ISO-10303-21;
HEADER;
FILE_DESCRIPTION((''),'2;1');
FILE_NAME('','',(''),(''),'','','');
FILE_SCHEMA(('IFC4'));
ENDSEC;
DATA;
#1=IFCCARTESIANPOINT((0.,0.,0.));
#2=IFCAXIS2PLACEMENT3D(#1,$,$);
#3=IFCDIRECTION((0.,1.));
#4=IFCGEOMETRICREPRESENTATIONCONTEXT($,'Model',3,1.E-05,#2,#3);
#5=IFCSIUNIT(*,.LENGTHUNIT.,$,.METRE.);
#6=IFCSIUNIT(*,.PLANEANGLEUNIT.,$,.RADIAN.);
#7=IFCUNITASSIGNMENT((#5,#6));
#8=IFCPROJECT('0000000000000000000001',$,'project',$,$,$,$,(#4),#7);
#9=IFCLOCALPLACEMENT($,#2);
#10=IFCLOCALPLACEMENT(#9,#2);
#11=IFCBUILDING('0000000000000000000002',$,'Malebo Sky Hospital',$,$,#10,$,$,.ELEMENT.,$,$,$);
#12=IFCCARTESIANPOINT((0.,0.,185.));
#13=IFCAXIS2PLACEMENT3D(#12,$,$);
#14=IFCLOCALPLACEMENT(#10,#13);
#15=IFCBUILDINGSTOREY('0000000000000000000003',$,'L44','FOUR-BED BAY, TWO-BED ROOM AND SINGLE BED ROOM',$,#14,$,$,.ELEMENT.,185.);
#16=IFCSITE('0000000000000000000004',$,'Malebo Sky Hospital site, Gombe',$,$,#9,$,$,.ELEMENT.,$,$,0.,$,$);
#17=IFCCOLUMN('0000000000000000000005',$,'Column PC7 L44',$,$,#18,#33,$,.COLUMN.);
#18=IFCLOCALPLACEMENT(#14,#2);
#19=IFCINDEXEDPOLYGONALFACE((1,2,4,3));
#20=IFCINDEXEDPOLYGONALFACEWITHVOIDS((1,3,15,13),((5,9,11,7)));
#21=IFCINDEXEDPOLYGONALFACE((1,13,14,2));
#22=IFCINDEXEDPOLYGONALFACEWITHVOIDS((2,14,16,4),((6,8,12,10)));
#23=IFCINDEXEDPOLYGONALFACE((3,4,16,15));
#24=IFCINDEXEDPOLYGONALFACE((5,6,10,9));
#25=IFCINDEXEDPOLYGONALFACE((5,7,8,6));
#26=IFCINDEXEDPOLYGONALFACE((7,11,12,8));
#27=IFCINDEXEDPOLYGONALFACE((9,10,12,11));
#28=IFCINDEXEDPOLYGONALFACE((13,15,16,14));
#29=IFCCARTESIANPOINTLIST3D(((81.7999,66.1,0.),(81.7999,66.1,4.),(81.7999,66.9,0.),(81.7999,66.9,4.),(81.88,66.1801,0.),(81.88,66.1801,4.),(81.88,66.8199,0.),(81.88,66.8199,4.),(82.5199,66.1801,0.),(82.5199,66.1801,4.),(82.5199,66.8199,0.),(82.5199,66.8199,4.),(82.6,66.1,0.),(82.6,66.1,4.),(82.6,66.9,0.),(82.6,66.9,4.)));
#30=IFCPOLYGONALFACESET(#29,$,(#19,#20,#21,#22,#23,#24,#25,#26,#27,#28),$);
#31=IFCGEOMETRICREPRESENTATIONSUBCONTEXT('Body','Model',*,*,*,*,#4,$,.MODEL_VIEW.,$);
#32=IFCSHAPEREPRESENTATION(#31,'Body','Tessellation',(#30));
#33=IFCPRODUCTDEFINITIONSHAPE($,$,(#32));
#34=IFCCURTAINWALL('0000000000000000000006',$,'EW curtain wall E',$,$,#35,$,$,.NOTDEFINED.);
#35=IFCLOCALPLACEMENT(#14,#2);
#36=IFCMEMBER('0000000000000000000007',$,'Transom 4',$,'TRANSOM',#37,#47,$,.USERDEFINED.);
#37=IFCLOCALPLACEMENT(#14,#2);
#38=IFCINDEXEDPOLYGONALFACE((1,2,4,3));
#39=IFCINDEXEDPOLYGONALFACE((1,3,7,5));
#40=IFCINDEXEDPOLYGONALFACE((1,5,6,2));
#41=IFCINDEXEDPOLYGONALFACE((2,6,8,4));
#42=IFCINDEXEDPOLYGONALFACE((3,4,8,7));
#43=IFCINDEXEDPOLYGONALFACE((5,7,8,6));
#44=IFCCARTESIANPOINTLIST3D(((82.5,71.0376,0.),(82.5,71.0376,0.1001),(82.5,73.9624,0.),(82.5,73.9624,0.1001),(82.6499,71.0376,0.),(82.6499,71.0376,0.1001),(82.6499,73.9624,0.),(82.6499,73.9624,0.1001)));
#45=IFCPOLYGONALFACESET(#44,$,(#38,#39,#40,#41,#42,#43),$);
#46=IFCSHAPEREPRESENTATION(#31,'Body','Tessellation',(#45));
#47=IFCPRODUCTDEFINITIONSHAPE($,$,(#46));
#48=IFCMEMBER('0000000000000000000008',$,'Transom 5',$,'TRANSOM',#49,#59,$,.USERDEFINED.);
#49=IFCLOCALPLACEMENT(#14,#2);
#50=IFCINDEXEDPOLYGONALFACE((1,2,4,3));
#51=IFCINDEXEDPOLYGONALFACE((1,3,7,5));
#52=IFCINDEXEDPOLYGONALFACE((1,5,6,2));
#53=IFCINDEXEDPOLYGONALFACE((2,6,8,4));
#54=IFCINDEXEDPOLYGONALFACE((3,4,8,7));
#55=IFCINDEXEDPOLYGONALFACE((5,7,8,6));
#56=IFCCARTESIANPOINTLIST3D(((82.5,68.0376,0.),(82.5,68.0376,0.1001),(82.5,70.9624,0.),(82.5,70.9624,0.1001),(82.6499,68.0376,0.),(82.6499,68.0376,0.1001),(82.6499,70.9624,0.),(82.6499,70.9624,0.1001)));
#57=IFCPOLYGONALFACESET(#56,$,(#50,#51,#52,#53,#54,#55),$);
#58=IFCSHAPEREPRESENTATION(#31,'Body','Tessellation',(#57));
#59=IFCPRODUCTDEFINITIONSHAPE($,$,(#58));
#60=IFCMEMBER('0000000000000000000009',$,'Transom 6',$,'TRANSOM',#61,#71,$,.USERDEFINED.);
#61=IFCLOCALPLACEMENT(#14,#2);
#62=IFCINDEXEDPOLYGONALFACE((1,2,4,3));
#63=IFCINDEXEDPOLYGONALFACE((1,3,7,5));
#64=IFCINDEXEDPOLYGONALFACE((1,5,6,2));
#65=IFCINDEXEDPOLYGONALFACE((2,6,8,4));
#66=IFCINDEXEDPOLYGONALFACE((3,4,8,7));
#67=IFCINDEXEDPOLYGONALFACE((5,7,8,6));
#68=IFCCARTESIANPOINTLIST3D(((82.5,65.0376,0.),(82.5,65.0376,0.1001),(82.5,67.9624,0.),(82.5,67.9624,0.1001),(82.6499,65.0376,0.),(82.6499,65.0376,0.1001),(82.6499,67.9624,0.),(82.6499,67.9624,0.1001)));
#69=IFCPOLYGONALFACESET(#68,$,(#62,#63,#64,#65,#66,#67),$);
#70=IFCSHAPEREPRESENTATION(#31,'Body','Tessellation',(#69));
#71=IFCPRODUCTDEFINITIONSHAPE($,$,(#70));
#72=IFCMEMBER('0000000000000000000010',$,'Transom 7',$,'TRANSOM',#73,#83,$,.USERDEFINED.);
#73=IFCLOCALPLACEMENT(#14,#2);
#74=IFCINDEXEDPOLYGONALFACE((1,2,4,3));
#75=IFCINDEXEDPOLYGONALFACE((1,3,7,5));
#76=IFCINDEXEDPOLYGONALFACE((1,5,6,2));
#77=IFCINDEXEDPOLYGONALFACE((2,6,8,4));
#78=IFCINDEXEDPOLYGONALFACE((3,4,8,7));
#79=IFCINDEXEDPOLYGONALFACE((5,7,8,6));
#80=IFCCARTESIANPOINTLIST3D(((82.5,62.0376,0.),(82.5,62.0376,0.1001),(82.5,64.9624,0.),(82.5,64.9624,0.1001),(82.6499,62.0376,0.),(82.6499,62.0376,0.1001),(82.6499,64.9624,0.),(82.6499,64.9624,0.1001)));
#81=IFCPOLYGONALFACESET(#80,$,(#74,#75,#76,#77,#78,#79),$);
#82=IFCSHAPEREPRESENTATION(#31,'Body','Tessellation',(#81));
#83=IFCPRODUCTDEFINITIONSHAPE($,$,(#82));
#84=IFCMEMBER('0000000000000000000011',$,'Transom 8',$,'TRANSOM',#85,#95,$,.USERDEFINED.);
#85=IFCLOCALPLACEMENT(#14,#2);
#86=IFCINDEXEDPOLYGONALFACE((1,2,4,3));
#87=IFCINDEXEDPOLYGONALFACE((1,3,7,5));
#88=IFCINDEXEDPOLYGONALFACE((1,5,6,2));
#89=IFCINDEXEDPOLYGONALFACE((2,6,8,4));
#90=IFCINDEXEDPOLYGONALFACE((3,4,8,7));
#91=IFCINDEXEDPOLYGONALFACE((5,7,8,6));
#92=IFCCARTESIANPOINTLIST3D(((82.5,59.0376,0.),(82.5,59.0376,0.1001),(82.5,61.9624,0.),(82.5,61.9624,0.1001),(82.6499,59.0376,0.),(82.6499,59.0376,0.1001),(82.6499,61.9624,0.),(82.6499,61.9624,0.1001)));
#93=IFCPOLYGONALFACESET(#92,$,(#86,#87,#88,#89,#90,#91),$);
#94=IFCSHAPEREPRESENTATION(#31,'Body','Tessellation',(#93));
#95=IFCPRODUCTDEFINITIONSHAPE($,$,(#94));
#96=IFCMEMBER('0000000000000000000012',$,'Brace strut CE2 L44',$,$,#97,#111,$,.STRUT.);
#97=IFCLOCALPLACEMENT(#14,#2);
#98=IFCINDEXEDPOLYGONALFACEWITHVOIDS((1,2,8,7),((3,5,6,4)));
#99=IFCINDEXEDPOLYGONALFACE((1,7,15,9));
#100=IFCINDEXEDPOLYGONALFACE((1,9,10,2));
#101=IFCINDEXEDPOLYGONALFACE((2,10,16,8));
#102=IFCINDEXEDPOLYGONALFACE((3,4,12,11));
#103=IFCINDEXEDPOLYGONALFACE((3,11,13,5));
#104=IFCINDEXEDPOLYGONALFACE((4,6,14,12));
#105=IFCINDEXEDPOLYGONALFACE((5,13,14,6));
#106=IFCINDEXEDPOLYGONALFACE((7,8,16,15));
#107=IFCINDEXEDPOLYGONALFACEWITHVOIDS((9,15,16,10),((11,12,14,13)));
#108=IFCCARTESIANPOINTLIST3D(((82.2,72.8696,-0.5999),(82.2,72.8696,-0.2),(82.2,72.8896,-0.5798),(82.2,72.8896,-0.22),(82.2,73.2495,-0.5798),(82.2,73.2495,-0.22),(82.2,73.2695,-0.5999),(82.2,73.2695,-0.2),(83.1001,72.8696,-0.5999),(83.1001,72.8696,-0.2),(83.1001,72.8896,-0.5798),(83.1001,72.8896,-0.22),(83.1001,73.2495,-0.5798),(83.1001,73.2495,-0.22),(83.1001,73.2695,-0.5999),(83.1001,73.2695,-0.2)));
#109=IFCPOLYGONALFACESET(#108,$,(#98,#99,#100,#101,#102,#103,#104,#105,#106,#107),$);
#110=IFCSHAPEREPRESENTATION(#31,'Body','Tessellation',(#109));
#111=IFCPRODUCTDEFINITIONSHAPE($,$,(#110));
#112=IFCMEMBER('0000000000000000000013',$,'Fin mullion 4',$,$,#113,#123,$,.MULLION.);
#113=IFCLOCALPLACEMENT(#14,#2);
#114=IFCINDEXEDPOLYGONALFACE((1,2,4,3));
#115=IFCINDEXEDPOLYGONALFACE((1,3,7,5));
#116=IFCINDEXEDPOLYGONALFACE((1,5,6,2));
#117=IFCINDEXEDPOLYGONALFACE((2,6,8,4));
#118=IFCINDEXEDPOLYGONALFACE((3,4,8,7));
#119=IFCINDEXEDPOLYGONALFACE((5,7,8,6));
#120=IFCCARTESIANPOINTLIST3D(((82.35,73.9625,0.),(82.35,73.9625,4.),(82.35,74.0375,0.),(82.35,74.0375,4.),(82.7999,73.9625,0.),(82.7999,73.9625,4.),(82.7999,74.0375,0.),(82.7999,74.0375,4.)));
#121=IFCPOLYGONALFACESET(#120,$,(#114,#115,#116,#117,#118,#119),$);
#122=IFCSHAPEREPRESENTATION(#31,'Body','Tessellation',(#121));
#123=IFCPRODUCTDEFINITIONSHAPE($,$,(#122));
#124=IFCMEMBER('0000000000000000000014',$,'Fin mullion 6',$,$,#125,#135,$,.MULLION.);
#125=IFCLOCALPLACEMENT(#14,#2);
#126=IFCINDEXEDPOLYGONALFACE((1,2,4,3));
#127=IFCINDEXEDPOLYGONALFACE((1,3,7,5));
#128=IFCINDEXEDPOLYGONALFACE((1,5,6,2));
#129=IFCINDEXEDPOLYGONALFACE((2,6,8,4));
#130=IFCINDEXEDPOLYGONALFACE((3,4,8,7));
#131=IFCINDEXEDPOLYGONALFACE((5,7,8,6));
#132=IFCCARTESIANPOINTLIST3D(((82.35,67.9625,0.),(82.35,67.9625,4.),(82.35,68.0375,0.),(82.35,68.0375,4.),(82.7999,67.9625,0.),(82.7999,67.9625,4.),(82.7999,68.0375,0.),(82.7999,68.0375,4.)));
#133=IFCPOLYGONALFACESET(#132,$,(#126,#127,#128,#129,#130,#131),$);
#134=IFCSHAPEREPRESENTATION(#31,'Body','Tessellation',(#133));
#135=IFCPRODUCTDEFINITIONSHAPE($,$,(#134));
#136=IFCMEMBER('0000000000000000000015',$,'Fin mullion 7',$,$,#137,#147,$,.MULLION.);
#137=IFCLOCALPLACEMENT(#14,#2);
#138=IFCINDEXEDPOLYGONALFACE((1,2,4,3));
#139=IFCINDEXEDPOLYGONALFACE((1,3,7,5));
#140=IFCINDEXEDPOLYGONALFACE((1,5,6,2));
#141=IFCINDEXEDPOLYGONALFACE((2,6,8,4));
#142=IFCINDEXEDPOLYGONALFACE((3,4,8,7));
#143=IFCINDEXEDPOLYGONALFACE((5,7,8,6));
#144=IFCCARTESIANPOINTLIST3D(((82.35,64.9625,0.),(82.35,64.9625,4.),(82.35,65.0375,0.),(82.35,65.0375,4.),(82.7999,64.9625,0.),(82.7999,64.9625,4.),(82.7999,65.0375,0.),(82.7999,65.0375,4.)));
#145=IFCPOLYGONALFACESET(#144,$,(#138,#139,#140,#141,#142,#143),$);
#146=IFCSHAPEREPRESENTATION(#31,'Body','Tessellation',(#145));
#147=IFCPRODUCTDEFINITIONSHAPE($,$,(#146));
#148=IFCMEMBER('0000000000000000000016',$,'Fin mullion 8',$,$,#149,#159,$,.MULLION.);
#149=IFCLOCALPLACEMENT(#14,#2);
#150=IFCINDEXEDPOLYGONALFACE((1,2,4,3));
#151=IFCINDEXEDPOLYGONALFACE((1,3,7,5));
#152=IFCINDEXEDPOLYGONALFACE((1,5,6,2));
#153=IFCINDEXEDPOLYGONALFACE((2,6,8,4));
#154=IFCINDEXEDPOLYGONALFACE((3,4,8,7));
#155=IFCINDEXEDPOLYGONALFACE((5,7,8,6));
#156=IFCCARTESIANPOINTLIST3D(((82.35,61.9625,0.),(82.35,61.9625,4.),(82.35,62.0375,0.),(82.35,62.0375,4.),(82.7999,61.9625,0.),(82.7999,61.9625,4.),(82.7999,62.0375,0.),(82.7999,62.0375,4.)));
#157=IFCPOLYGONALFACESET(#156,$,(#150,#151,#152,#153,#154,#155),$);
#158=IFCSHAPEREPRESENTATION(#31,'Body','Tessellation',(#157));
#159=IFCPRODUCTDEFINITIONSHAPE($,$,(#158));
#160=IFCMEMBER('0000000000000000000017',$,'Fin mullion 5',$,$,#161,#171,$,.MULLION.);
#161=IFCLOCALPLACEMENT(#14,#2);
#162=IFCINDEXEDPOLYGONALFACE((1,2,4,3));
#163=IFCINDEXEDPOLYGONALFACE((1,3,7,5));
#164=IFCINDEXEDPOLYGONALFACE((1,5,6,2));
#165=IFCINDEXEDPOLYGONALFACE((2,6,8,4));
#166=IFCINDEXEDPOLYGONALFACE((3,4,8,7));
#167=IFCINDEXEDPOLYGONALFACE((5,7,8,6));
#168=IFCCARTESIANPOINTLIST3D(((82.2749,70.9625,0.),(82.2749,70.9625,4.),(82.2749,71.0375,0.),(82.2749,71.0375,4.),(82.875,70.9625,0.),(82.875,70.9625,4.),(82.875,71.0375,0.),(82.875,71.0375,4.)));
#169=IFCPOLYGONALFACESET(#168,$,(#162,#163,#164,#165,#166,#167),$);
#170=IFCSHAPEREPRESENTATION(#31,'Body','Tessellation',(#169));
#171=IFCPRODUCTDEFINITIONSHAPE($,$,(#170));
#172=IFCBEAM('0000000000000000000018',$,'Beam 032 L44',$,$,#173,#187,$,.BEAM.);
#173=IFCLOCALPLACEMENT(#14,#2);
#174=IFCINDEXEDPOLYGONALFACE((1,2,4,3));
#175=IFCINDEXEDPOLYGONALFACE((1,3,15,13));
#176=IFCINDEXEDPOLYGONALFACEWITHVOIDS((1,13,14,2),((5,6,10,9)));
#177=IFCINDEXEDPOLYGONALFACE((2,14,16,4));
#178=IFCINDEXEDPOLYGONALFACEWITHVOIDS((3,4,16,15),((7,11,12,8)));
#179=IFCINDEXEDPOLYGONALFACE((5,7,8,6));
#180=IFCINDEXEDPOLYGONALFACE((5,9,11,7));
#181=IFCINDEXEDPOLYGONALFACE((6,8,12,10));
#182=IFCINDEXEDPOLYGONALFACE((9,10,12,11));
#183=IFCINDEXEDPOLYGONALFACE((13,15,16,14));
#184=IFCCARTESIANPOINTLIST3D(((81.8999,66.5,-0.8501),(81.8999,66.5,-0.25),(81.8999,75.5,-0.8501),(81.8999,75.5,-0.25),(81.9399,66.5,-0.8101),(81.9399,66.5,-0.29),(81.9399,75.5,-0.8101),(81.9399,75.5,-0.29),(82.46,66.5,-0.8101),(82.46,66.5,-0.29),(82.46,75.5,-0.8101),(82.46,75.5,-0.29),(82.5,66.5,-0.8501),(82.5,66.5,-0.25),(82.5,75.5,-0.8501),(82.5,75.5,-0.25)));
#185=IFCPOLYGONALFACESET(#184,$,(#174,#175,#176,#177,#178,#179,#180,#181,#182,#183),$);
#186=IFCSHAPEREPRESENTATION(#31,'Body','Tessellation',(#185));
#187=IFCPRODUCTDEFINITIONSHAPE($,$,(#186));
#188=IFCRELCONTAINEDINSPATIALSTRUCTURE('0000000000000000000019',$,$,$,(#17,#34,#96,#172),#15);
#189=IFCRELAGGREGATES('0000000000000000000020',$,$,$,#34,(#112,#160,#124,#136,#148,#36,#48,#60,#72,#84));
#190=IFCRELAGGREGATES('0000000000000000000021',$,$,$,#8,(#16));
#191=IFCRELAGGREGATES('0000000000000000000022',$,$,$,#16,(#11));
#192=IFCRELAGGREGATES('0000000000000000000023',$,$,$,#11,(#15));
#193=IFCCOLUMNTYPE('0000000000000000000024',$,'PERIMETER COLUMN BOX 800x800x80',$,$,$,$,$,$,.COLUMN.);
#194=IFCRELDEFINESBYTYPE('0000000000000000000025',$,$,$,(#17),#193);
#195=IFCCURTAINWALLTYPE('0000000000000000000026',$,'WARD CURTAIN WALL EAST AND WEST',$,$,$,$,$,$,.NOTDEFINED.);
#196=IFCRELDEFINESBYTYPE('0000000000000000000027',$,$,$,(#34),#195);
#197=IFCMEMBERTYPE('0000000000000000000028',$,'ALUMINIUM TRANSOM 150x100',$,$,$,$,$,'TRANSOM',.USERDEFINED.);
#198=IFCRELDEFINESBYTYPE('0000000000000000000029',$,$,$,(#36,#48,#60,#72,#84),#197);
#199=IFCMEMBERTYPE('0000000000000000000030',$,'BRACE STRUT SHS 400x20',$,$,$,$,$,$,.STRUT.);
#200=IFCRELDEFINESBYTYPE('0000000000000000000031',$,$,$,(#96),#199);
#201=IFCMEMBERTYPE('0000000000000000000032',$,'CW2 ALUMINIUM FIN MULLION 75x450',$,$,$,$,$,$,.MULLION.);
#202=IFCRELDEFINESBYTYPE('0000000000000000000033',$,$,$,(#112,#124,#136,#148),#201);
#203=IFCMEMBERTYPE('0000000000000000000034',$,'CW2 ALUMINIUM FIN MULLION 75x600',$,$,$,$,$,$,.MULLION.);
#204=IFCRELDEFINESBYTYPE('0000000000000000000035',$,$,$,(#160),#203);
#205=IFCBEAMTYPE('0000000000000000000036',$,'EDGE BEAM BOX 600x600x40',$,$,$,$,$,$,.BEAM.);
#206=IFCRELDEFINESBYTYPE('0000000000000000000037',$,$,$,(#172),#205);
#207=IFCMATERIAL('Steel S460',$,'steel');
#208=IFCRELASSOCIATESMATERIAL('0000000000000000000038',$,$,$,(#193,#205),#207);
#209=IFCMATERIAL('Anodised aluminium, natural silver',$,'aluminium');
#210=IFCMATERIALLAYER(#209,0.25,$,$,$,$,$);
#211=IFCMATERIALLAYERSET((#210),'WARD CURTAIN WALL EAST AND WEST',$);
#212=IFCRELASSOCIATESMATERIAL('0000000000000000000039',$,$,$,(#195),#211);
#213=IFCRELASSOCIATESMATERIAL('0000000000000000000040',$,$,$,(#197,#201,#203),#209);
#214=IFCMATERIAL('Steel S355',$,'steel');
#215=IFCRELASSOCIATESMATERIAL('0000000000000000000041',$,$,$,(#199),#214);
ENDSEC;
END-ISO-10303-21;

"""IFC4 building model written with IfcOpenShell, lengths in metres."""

from ifc_helpers import new_model, si_unit, direction, frame, origin, origin_2d, place, context, subcontext, project, spatial, rectangle, hollow_rectangle, extrude, material, layer, layer_set, material_profile, profile_set, type_object, element, aggregate, save


model = new_model("IFC4")

# Units and contexts
model_context = context("Model", 3, precision=1e-05, world=origin(), true_north=direction((0.0, 1.0)))
body_context = subcontext(model_context, "Body", "Model", "MODEL_VIEW")
ifc_project = project(units=[si_unit("LENGTHUNIT", "METRE"), si_unit("PLANEANGLEUNIT", "RADIAN")], contexts=[model_context])

# Site, building, storey
site_placement = place(None, origin())
site = spatial("IfcSite", under=ifc_project, at=site_placement, Name="Malebo Sky Hospital site, Gombe", CompositionType="ELEMENT", RefElevation=0.0)
building_placement = place(site_placement, origin())
building = spatial("IfcBuilding", under=site, at=building_placement, Name="Malebo Sky Hospital", CompositionType="ELEMENT")
storey_placement = place(building_placement, frame((0.0, 0.0, 185.0)))
storey = spatial("IfcBuildingStorey", under=building, at=storey_placement, Name="L44", Description="FOUR-BED BAY, TWO-BED ROOM AND SINGLE BED ROOM", CompositionType="ELEMENT", Elevation=185.0)

# Column
ifc_material_1 = material(Name="Steel S460", Category="steel")
ifc_material_profile_1 = material_profile(ifc_material_1, hollow_rectangle(XDim=0.8, YDim=0.8, WallThickness=0.0801, at=origin_2d()), Name="BOX 800x800x80")
ifc_profile_set_1 = profile_set([ifc_material_profile_1], Name="Steel S460")
column_type = type_object("IfcColumnType", Name="PERIMETER COLUMN BOX 800x800x80", PredefinedType="COLUMN", material=ifc_profile_set_1)
column_placement = place(storey_placement, frame((82.2, 66.5, 0.0), z_axis=(0.0, 0.0, 1.0), x_axis=(1.0, 0.0, 0.0)))
element("IfcColumn", 1, at=column_placement, inside=storey, type_object=column_type, Name="Column PC7 L44", PredefinedType="COLUMN", context=body_context, shape_type="SweptSolid", body=[
    extrude(hollow_rectangle(XDim=0.8, YDim=0.8, WallThickness=0.0801, at=origin_2d()), origin(), (0.0, 0.0, 1.0), 4.0),
])

# Curtain wall, members
ifc_material_2 = material(Name="Anodised aluminium, natural silver", Category="aluminium")
ifc_layer_1 = layer(ifc_material_2, 0.25)
ifc_layer_set_1 = layer_set([ifc_layer_1], Name="WARD CURTAIN WALL EAST AND WEST")
curtain_wall_type = type_object("IfcCurtainWallType", Name="WARD CURTAIN WALL EAST AND WEST", PredefinedType="NOTDEFINED", material=ifc_layer_set_1)
curtain_wall_placement = place(storey_placement, origin())
curtain_wall = element("IfcCurtainWall", 2, at=curtain_wall_placement, inside=storey, type_object=curtain_wall_type, Name="EW curtain wall E", PredefinedType="NOTDEFINED")
ifc_material_profile_2 = material_profile(ifc_material_2, rectangle(XDim=0.1499, YDim=0.1001, at=origin_2d()), Name="ALUMINIUM TRANSOM 150x100")
ifc_profile_set_2 = profile_set([ifc_material_profile_2], Name="Anodised aluminium, natural silver")
member_type_1 = type_object("IfcMemberType", Name="ALUMINIUM TRANSOM 150x100", ElementType="TRANSOM", PredefinedType="USERDEFINED", material=ifc_profile_set_2)
member_1_placement = place(storey_placement, frame((82.575, 73.9624, 0.05), z_axis=(0.0, -1.0, 0.0), x_axis=(1.0, 0.0, 0.0)))
member_1 = element("IfcMember", 3, at=member_1_placement, type_object=member_type_1, Name="Transom 4", ObjectType="TRANSOM", PredefinedType="USERDEFINED", context=body_context, shape_type="SweptSolid", body=[
    extrude(rectangle(XDim=0.1499, YDim=0.1001, at=origin_2d()), origin(), (0.0, 0.0, 1.0), 2.9248),
])
member_2_placement = place(storey_placement, frame((82.575, 70.9624, 0.05), z_axis=(0.0, -1.0, 0.0), x_axis=(1.0, 0.0, 0.0)))
member_2 = element("IfcMember", 4, at=member_2_placement, type_object=member_type_1, Name="Transom 5", ObjectType="TRANSOM", PredefinedType="USERDEFINED", context=body_context, shape_type="SweptSolid", body=[
    extrude(rectangle(XDim=0.1499, YDim=0.1001, at=origin_2d()), origin(), (0.0, 0.0, 1.0), 2.9248),
])
member_3_placement = place(storey_placement, frame((82.575, 67.9624, 0.05), z_axis=(0.0, -1.0, 0.0), x_axis=(1.0, 0.0, 0.0)))
member_3 = element("IfcMember", 5, at=member_3_placement, type_object=member_type_1, Name="Transom 6", ObjectType="TRANSOM", PredefinedType="USERDEFINED", context=body_context, shape_type="SweptSolid", body=[
    extrude(rectangle(XDim=0.1499, YDim=0.1001, at=origin_2d()), origin(), (0.0, 0.0, 1.0), 2.9248),
])
member_4_placement = place(storey_placement, frame((82.575, 64.9624, 0.05), z_axis=(0.0, -1.0, 0.0), x_axis=(1.0, 0.0, 0.0)))
member_4 = element("IfcMember", 6, at=member_4_placement, type_object=member_type_1, Name="Transom 7", ObjectType="TRANSOM", PredefinedType="USERDEFINED", context=body_context, shape_type="SweptSolid", body=[
    extrude(rectangle(XDim=0.1499, YDim=0.1001, at=origin_2d()), origin(), (0.0, 0.0, 1.0), 2.9248),
])
member_5_placement = place(storey_placement, frame((82.575, 61.9624, 0.05), z_axis=(0.0, -1.0, 0.0), x_axis=(1.0, 0.0, 0.0)))
member_5 = element("IfcMember", 7, at=member_5_placement, type_object=member_type_1, Name="Transom 8", ObjectType="TRANSOM", PredefinedType="USERDEFINED", context=body_context, shape_type="SweptSolid", body=[
    extrude(rectangle(XDim=0.1499, YDim=0.1001, at=origin_2d()), origin(), (0.0, 0.0, 1.0), 2.9248),
])

# Members
ifc_material_3 = material(Name="Steel S355", Category="steel")
ifc_material_profile_3 = material_profile(ifc_material_3, hollow_rectangle(XDim=0.3999, YDim=0.3999, WallThickness=0.02, at=origin_2d()), Name="SHS 400x20")
ifc_profile_set_3 = profile_set([ifc_material_profile_3], Name="Steel S355")
member_type_2 = type_object("IfcMemberType", Name="BRACE STRUT SHS 400x20", PredefinedType="STRUT", material=ifc_profile_set_3)
member_6_placement = place(storey_placement, frame((83.1001, 73.0696, -0.3999), z_axis=(-1.0, 0.0, 0.0), x_axis=(0.0, -1.0, 0.0)))
element("IfcMember", 8, at=member_6_placement, inside=storey, type_object=member_type_2, Name="Brace strut CE2 L44", PredefinedType="STRUT", context=body_context, shape_type="SweptSolid", body=[
    extrude(hollow_rectangle(XDim=0.3999, YDim=0.3999, WallThickness=0.02, at=origin_2d()), origin(), (0.0, 0.0, 1.0), 0.9001),
])
ifc_material_profile_4 = material_profile(ifc_material_2, rectangle(XDim=0.075, YDim=0.45, at=origin_2d()), Name="CW2 ALUMINIUM FIN MULLION 75x450")
ifc_profile_set_4 = profile_set([ifc_material_profile_4], Name="Anodised aluminium, natural silver")
member_type_3 = type_object("IfcMemberType", Name="CW2 ALUMINIUM FIN MULLION 75x450", PredefinedType="MULLION", material=ifc_profile_set_4)
member_7_placement = place(storey_placement, frame((82.575, 74.0, 0.0), z_axis=(0.0, 0.0, 1.0), x_axis=(0.0, -1.0, 0.0)))
member_7 = element("IfcMember", 9, at=member_7_placement, type_object=member_type_3, Name="Fin mullion 4", PredefinedType="MULLION", context=body_context, shape_type="SweptSolid", body=[
    extrude(rectangle(XDim=0.075, YDim=0.45, at=origin_2d()), origin(), (0.0, 0.0, 1.0), 4.0),
])
member_8_placement = place(storey_placement, frame((82.575, 68.0, 0.0), z_axis=(0.0, 0.0, 1.0), x_axis=(0.0, -1.0, 0.0)))
member_8 = element("IfcMember", 10, at=member_8_placement, type_object=member_type_3, Name="Fin mullion 6", PredefinedType="MULLION", context=body_context, shape_type="SweptSolid", body=[
    extrude(rectangle(XDim=0.075, YDim=0.45, at=origin_2d()), origin(), (0.0, 0.0, 1.0), 4.0),
])
member_9_placement = place(storey_placement, frame((82.575, 65.0, 0.0), z_axis=(0.0, 0.0, 1.0), x_axis=(0.0, -1.0, 0.0)))
member_9 = element("IfcMember", 11, at=member_9_placement, type_object=member_type_3, Name="Fin mullion 7", PredefinedType="MULLION", context=body_context, shape_type="SweptSolid", body=[
    extrude(rectangle(XDim=0.075, YDim=0.45, at=origin_2d()), origin(), (0.0, 0.0, 1.0), 4.0),
])
member_10_placement = place(storey_placement, frame((82.575, 62.0, 0.0), z_axis=(0.0, 0.0, 1.0), x_axis=(0.0, -1.0, 0.0)))
member_10 = element("IfcMember", 12, at=member_10_placement, type_object=member_type_3, Name="Fin mullion 8", PredefinedType="MULLION", context=body_context, shape_type="SweptSolid", body=[
    extrude(rectangle(XDim=0.075, YDim=0.45, at=origin_2d()), origin(), (0.0, 0.0, 1.0), 4.0),
])
ifc_material_profile_5 = material_profile(ifc_material_2, rectangle(XDim=0.075, YDim=0.6001, at=origin_2d()), Name="CW2 ALUMINIUM FIN MULLION 75x600")
ifc_profile_set_5 = profile_set([ifc_material_profile_5], Name="Anodised aluminium, natural silver")
member_type_4 = type_object("IfcMemberType", Name="CW2 ALUMINIUM FIN MULLION 75x600", PredefinedType="MULLION", material=ifc_profile_set_5)
member_11_placement = place(storey_placement, frame((82.575, 71.0, 0.0), z_axis=(0.0, 0.0, 1.0), x_axis=(0.0, -1.0, 0.0)))
member_11 = element("IfcMember", 13, at=member_11_placement, type_object=member_type_4, Name="Fin mullion 5", PredefinedType="MULLION", context=body_context, shape_type="SweptSolid", body=[
    extrude(rectangle(XDim=0.075, YDim=0.6001, at=origin_2d()), origin(), (0.0, 0.0, 1.0), 4.0),
])

# Beam
ifc_material_profile_6 = material_profile(ifc_material_1, hollow_rectangle(XDim=0.6001, YDim=0.6001, WallThickness=0.04, at=origin_2d()), Name="BOX 600x600x40")
ifc_profile_set_6 = profile_set([ifc_material_profile_6], Name="Steel S460")
beam_type = type_object("IfcBeamType", Name="EDGE BEAM BOX 600x600x40", PredefinedType="BEAM", material=ifc_profile_set_6)
beam_placement = place(storey_placement, frame((82.2, 66.5, -0.55), z_axis=(0.0, 1.0, 0.0), x_axis=(-1.0, 0.0, 0.0)))
element("IfcBeam", 14, at=beam_placement, inside=storey, type_object=beam_type, Name="Beam 032 L44", PredefinedType="BEAM", context=body_context, shape_type="SweptSolid", body=[
    extrude(hollow_rectangle(XDim=0.6001, YDim=0.6001, WallThickness=0.04, at=origin_2d()), origin(), (0.0, 0.0, 1.0), 9.0),
])

aggregate(curtain_wall, [member_7, member_11, member_8, member_9, member_10, member_1, member_2, member_3, member_4, member_5])

save(model, "model.ifc")
